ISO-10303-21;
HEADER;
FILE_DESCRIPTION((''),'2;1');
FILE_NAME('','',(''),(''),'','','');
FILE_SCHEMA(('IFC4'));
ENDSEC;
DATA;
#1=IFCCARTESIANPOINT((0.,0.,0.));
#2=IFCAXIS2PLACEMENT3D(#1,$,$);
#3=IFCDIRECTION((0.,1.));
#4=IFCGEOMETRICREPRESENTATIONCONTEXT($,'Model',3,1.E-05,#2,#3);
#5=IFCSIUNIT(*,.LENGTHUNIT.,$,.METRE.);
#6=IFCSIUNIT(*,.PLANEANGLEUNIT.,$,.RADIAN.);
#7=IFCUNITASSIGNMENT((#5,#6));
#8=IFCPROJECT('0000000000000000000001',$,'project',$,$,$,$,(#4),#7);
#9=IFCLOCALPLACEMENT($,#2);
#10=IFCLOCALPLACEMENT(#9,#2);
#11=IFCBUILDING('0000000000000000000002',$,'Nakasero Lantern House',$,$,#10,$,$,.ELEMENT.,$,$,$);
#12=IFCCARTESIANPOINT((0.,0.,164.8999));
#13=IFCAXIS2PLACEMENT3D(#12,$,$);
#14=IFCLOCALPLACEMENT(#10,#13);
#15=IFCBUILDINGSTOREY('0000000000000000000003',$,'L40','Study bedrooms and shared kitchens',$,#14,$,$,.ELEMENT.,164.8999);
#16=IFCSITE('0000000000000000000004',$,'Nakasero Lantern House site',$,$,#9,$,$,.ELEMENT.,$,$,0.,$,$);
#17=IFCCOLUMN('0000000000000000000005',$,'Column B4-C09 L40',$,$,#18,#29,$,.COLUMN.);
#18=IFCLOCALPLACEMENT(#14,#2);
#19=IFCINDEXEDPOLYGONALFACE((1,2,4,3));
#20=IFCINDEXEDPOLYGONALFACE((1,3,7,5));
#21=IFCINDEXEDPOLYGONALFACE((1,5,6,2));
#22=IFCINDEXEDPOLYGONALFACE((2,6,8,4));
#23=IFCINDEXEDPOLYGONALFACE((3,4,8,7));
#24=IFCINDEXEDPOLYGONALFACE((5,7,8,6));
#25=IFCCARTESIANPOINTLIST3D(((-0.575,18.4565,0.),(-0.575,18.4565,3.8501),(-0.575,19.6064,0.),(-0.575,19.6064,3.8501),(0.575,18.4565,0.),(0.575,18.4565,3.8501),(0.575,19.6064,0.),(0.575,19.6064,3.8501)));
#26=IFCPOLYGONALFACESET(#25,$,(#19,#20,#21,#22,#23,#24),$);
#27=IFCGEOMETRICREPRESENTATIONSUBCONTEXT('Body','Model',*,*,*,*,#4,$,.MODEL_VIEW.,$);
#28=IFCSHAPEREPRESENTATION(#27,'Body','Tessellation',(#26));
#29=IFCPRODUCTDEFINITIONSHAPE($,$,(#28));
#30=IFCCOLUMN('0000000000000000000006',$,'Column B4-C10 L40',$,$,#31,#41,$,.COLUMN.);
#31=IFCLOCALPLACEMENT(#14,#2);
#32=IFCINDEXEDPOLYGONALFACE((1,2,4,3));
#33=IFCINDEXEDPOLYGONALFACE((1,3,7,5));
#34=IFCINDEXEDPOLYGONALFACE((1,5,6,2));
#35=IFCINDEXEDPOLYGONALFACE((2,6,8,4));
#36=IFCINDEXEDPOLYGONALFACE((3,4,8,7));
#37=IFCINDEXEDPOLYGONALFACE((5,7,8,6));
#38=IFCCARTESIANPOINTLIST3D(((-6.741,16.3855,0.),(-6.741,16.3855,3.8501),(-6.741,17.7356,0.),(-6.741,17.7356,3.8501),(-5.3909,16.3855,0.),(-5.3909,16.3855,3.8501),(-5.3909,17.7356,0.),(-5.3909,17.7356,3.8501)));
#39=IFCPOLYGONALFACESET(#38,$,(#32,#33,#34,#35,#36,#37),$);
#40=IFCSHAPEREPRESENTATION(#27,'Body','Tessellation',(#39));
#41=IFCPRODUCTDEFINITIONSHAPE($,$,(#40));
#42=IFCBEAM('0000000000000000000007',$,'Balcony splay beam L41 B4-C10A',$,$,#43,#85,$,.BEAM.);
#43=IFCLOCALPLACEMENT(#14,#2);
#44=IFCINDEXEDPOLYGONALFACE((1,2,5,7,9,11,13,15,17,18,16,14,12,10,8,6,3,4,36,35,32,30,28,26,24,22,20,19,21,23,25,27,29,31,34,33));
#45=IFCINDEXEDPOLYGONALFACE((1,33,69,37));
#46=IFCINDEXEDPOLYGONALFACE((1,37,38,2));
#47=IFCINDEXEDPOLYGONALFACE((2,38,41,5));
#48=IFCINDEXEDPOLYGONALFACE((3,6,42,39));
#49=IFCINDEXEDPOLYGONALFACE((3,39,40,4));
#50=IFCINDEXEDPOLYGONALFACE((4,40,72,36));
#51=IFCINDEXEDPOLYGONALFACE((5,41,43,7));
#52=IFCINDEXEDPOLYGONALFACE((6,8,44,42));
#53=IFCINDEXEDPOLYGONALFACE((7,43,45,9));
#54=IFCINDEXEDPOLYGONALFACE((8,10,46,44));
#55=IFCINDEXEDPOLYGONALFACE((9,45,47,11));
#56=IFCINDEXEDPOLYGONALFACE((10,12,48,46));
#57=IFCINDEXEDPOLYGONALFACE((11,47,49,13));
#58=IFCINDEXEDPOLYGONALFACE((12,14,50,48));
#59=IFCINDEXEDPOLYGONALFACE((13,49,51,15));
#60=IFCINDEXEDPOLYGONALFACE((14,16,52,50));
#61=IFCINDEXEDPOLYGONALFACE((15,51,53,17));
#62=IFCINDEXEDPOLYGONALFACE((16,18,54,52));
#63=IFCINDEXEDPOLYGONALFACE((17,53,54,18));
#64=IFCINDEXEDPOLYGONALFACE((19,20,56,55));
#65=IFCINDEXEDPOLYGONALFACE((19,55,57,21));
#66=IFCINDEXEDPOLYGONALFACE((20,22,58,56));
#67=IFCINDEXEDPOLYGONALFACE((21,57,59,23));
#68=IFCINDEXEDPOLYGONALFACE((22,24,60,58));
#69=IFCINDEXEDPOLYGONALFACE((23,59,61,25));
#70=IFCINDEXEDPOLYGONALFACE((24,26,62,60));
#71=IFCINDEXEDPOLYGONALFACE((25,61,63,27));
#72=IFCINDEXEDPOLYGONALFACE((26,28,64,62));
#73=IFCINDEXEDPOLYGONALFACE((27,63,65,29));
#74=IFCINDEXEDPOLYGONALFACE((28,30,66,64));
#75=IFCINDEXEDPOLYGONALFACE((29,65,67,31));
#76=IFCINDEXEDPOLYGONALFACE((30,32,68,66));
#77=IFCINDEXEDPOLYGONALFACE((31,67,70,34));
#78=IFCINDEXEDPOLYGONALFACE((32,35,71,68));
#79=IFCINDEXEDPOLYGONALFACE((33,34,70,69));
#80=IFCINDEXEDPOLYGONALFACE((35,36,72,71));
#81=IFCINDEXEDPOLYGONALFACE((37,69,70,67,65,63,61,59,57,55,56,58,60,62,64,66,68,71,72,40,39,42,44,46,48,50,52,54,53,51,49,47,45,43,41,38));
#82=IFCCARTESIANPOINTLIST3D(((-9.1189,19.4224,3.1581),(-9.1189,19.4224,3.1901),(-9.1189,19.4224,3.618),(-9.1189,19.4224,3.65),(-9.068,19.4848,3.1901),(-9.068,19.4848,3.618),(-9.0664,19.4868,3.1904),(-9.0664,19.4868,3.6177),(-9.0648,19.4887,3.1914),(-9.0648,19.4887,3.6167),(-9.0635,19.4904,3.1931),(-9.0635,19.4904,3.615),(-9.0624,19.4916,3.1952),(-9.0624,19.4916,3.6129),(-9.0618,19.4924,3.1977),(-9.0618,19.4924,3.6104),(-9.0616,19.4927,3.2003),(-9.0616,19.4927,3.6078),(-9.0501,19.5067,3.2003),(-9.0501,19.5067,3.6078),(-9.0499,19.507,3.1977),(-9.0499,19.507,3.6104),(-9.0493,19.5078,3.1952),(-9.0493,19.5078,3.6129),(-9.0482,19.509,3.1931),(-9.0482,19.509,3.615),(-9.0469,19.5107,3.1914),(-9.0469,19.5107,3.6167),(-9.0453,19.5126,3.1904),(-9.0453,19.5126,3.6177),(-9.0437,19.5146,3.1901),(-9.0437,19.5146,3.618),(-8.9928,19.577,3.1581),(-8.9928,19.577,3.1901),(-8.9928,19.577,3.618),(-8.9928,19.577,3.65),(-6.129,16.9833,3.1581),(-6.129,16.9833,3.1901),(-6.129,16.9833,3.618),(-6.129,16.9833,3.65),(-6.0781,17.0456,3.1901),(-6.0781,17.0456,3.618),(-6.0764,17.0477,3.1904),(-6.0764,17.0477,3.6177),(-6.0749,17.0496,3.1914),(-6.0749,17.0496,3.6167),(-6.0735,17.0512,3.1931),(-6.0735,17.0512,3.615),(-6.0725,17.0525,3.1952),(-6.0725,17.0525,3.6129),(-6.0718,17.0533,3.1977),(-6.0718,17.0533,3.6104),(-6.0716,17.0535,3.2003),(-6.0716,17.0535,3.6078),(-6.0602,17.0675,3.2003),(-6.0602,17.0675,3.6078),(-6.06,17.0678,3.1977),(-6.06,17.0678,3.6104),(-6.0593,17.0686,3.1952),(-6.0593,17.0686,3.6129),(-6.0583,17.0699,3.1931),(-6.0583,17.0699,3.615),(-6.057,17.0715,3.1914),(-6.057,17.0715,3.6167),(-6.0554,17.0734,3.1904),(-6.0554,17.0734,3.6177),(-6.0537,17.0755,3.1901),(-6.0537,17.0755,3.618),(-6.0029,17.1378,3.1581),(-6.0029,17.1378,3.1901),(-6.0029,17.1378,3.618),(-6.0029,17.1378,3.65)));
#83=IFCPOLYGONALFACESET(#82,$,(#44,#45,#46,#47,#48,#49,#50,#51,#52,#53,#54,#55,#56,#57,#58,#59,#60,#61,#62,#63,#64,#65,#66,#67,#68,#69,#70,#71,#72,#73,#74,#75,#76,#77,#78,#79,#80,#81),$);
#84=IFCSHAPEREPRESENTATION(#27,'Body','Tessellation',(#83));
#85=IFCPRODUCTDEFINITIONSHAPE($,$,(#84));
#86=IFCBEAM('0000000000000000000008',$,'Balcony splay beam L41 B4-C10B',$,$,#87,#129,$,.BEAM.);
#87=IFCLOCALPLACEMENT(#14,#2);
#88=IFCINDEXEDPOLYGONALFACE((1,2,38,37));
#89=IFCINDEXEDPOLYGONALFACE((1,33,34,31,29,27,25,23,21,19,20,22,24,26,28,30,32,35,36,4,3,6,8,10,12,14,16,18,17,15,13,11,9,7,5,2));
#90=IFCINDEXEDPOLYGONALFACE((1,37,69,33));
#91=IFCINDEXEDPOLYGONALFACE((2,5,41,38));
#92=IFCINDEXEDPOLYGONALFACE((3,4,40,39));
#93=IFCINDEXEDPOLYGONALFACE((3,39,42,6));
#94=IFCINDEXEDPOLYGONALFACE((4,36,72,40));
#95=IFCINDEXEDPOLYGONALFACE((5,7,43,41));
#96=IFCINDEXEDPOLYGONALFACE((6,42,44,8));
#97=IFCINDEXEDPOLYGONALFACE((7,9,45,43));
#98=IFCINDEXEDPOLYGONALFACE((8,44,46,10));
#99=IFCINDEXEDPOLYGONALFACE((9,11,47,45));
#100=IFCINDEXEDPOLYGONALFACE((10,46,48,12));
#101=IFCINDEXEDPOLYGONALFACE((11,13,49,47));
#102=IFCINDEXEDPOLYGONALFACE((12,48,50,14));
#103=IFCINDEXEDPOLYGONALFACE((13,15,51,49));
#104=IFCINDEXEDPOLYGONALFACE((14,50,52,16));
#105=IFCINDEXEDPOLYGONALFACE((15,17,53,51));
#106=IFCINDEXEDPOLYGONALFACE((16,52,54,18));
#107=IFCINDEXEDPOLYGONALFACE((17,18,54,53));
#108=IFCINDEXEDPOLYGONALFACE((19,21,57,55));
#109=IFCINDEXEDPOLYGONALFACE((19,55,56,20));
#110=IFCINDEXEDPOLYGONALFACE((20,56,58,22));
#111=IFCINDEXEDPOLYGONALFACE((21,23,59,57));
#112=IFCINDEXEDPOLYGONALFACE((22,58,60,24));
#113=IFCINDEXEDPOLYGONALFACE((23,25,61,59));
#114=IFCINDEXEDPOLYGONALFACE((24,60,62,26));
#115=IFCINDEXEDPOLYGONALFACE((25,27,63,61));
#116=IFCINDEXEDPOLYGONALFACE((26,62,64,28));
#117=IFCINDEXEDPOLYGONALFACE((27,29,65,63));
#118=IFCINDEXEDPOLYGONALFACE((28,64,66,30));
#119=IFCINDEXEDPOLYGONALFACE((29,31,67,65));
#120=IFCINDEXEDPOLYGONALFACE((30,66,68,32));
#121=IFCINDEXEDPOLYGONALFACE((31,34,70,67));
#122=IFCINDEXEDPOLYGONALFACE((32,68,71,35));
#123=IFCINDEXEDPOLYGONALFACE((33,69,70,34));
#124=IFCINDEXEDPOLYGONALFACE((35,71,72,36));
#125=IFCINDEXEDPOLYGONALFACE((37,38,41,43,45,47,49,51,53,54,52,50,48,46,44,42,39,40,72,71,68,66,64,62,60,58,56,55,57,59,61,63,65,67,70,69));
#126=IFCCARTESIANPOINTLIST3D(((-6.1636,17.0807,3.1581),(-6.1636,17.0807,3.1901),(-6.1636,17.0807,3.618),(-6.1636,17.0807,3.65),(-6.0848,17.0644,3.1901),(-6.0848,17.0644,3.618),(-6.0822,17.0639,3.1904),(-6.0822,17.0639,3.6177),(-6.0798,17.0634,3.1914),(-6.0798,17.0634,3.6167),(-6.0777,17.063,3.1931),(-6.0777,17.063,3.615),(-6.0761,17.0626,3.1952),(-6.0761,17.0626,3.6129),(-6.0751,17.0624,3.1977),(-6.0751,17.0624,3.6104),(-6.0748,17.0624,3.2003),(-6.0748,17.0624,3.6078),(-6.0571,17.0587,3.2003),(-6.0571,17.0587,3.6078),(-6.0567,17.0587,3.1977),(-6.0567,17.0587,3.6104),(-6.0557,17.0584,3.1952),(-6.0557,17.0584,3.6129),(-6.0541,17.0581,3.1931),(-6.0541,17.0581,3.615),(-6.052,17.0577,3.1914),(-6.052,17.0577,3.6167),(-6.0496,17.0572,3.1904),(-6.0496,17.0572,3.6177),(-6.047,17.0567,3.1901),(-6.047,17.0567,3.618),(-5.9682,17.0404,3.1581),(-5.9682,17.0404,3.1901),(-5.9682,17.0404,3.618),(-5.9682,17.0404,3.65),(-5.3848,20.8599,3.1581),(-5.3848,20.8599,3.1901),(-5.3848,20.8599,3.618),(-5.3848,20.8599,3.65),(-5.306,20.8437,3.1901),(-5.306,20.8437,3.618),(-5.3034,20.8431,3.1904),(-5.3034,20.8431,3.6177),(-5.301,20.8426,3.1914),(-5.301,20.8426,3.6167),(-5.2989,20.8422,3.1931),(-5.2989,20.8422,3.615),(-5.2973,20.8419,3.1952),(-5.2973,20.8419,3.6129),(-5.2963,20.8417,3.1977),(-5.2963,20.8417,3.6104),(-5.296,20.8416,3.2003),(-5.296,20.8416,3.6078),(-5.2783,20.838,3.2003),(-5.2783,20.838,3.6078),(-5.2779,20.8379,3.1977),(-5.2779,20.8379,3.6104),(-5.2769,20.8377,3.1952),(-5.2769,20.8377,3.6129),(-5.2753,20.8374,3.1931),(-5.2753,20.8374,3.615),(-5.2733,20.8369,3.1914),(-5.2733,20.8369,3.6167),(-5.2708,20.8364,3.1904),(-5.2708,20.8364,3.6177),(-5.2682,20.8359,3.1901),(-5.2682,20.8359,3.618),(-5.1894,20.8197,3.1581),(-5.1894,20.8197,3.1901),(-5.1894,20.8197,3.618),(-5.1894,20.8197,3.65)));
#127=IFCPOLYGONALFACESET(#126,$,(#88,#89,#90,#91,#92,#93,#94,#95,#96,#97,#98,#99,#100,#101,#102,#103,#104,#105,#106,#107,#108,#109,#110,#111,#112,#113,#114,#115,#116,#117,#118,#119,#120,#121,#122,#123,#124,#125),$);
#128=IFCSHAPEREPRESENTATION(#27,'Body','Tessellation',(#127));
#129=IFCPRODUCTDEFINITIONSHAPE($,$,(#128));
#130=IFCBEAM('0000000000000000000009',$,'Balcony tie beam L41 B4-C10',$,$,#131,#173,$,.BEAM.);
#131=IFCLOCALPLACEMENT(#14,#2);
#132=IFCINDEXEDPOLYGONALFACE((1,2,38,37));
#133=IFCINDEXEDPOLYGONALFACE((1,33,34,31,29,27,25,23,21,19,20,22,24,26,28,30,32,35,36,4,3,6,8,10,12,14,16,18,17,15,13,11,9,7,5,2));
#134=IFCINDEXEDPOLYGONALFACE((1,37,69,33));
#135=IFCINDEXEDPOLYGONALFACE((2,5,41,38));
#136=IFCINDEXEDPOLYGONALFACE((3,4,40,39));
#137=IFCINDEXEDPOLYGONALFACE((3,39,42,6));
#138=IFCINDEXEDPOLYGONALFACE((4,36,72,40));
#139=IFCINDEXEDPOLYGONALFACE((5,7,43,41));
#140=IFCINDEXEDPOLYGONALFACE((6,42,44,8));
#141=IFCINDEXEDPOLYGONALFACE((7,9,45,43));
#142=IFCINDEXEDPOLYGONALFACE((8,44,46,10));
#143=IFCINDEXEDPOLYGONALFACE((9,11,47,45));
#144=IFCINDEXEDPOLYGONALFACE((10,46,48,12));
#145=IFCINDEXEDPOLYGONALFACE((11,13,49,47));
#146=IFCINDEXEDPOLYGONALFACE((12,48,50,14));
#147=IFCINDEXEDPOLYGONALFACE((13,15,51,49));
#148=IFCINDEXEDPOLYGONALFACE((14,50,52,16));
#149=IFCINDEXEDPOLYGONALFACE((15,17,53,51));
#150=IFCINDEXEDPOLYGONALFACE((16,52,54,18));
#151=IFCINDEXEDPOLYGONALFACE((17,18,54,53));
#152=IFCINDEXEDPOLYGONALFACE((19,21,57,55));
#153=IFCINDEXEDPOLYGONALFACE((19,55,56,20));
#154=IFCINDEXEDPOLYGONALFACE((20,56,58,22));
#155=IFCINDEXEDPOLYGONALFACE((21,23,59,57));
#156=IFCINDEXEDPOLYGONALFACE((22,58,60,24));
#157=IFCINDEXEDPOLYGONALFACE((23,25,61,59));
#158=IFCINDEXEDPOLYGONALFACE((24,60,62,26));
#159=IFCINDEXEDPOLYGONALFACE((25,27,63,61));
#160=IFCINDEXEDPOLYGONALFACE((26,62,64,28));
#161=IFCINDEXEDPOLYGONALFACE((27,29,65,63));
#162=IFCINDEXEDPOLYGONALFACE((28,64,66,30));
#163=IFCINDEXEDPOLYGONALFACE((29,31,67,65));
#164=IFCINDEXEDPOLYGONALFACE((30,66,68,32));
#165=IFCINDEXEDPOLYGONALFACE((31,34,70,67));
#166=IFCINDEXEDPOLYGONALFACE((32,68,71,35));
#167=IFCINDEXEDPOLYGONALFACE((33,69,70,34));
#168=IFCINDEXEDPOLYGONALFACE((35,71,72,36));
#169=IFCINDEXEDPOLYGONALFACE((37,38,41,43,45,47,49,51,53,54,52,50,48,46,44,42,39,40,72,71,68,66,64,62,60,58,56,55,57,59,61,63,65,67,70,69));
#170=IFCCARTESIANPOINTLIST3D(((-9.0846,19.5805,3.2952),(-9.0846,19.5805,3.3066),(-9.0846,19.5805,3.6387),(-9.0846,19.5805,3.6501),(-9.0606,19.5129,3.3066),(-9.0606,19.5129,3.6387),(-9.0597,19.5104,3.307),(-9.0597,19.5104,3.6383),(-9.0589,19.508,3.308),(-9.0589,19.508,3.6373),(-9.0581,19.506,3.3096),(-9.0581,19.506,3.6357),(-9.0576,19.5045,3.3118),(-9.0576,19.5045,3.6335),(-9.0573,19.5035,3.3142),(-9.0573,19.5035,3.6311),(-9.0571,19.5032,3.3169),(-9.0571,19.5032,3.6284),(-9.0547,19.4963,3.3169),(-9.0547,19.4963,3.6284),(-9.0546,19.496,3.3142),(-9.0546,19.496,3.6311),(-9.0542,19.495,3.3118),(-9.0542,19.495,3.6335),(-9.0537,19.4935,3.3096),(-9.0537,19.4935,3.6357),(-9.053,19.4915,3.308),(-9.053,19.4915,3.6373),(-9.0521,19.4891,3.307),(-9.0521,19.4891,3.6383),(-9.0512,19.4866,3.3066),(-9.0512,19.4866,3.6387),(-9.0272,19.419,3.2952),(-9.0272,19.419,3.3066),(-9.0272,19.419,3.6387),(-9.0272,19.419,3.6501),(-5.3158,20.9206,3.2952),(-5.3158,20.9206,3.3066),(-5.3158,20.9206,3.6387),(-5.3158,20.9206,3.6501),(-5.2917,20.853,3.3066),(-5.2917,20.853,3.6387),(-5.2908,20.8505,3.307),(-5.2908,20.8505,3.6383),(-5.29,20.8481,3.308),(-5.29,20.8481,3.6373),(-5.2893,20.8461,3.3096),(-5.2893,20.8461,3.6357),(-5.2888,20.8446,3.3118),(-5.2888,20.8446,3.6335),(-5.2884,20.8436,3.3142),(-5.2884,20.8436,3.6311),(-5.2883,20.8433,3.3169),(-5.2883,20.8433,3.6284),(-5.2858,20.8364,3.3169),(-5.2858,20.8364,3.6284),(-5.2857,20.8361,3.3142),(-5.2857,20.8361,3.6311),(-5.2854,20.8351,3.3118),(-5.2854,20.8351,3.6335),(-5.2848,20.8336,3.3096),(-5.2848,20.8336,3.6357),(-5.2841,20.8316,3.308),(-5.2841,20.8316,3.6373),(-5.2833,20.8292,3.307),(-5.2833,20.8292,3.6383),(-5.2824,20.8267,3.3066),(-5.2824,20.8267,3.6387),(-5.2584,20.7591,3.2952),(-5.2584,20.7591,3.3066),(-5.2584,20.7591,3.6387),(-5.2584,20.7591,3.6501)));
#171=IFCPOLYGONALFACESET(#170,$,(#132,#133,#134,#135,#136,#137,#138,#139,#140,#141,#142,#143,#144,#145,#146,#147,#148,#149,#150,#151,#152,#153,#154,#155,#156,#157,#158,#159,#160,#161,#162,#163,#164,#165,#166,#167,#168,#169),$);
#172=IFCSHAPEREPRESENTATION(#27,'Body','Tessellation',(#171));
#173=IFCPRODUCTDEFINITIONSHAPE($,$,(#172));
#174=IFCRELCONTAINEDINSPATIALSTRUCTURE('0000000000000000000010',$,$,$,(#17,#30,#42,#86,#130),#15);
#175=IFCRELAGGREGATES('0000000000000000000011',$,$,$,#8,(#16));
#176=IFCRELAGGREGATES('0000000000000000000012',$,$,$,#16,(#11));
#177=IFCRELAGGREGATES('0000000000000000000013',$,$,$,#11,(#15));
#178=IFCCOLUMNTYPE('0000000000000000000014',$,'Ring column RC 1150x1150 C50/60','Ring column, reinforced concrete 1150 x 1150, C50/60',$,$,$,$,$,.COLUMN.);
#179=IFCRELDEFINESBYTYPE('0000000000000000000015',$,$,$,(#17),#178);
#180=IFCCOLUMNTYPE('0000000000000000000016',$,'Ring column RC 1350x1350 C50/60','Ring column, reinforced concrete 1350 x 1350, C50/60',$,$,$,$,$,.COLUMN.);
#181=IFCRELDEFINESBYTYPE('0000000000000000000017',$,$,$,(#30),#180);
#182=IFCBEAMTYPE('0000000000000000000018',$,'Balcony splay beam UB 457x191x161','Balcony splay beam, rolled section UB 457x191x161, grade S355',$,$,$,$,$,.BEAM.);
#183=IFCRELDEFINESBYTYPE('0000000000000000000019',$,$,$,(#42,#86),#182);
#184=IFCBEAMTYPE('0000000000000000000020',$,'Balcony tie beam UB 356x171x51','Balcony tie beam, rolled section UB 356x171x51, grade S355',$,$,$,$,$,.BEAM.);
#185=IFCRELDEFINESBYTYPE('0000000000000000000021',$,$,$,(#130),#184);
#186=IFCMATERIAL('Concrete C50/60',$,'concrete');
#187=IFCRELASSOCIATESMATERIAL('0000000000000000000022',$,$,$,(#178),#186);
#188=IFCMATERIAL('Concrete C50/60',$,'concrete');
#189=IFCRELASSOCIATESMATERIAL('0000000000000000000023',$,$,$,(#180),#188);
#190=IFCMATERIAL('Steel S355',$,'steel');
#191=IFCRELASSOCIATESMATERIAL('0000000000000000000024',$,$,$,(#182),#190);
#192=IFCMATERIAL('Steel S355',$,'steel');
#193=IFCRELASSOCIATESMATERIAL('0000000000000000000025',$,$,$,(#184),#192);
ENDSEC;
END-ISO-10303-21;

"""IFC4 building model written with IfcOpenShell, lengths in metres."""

from ifc_helpers import new_model, si_unit, direction, frame, origin, origin_2d, place, context, subcontext, project, spatial, rectangle, i_section, extrude, material, material_profile, profile_set, type_object, element, save


model = new_model("IFC4")

# Units and contexts
model_context = context("Model", 3, precision=1e-05, world=origin(), true_north=direction((0.0, 1.0)))
body_context = subcontext(model_context, "Body", "Model", "MODEL_VIEW")
ifc_project = project(units=[si_unit("LENGTHUNIT", "METRE"), si_unit("PLANEANGLEUNIT", "RADIAN")], contexts=[model_context])

# Site, building, storey
site_placement = place(None, origin())
site = spatial("IfcSite", under=ifc_project, at=site_placement, Name="Nakasero Lantern House site", CompositionType="ELEMENT", RefElevation=0.0)
building_placement = place(site_placement, origin())
building = spatial("IfcBuilding", under=site, at=building_placement, Name="Nakasero Lantern House", CompositionType="ELEMENT")
storey_placement = place(building_placement, frame((0.0, 0.0, 164.8999)))
storey = spatial("IfcBuildingStorey", under=building, at=storey_placement, Name="L40", Description="Study bedrooms and shared kitchens", CompositionType="ELEMENT", Elevation=164.8999)

# Columns
ifc_material_1 = material(Name="Concrete C50/60", Category="concrete")
ifc_material_profile_1 = material_profile(ifc_material_1, rectangle(XDim=1.1499, YDim=1.1499, at=origin_2d()), Name="RC 1150x1150")
ifc_profile_set_1 = profile_set([ifc_material_profile_1], Name="Concrete C50/60")
column_type_1 = type_object("IfcColumnType", Name="Ring column RC 1150x1150 C50/60", Description="Ring column, reinforced concrete 1150 x 1150, C50/60", PredefinedType="COLUMN", material=ifc_profile_set_1)
column_1_placement = place(storey_placement, frame((0.0, 19.0315, 0.0), z_axis=(0.0, 0.0, 1.0), x_axis=(1.0, 0.0, 0.0)))
element("IfcColumn", 1, at=column_1_placement, inside=storey, type_object=column_type_1, Name="Column B4-C09 L40", PredefinedType="COLUMN", context=body_context, shape_type="SweptSolid", body=[
    extrude(rectangle(XDim=1.1499, YDim=1.1499, at=origin_2d()), origin(), (0.0, 0.0, 1.0), 3.8501),
])
ifc_material_2 = material(Name="Concrete C50/60", Category="concrete")
ifc_material_profile_2 = material_profile(ifc_material_2, rectangle(XDim=1.3501, YDim=1.3501, at=origin_2d()), Name="RC 1350x1350")
ifc_profile_set_2 = profile_set([ifc_material_profile_2], Name="Concrete C50/60")
column_type_2 = type_object("IfcColumnType", Name="Ring column RC 1350x1350 C50/60", Description="Ring column, reinforced concrete 1350 x 1350, C50/60", PredefinedType="COLUMN", material=ifc_profile_set_2)
column_2_placement = place(storey_placement, frame((-6.0659, 17.0605, 0.0), z_axis=(0.0, 0.0, 1.0), x_axis=(1.0, 0.0, 0.0)))
element("IfcColumn", 2, at=column_2_placement, inside=storey, type_object=column_type_2, Name="Column B4-C10 L40", PredefinedType="COLUMN", context=body_context, shape_type="SweptSolid", body=[
    extrude(rectangle(XDim=1.3501, YDim=1.3501, at=origin_2d()), origin(), (0.0, 0.0, 1.0), 3.8501),
])

# Beams
ifc_material_3 = material(Name="Steel S355", Category="steel")
ifc_material_profile_3 = material_profile(ifc_material_3, i_section(OverallWidth=0.1995, OverallDepth=0.4919, WebThickness=0.0181, FlangeThickness=0.032, FilletRadius=0.0103, at=origin_2d()), Name="UB 457x191x161")
ifc_profile_set_3 = profile_set([ifc_material_profile_3], Name="Steel S355")
beam_type_1 = type_object("IfcBeamType", Name="Balcony splay beam UB 457x191x161", Description="Balcony splay beam, rolled section UB 457x191x161, grade S355", PredefinedType="BEAM", material=ifc_profile_set_3)
for number, where, z_axis, x_axis, name in (
    (3, (-6.0659, 17.0605, 3.4041), (-0.774864, 0.632128, 0.0), (-0.632128, -0.774864, 0.0), "Balcony splay beam L41 B4-C10A"),
    (4, (-6.0659, 17.0605, 3.4041), (0.201831, 0.97942, 0.0), (-0.97942, 0.201831, 0.0), "Balcony splay beam L41 B4-C10B"),
):
    element("IfcBeam", number, at=place(storey_placement, frame(where, z_axis=z_axis, x_axis=x_axis)), inside=storey, type_object=beam_type_1, Name=name, PredefinedType="BEAM", context=body_context, shape_type="SweptSolid", body=[
        extrude(i_section(OverallWidth=0.1995, OverallDepth=0.4919, WebThickness=0.0181, FlangeThickness=0.032, FilletRadius=0.0103, at=origin_2d()), origin(), (0.0, 0.0, 1.0), 3.8586),
    ])
ifc_material_4 = material(Name="Steel S355", Category="steel")
ifc_material_profile_4 = material_profile(ifc_material_4, i_section(OverallWidth=0.1714, OverallDepth=0.355, WebThickness=0.0073, FlangeThickness=0.0115, FilletRadius=0.0103, at=origin_2d()), Name="UB 356x171x51")
ifc_profile_set_4 = profile_set([ifc_material_profile_4], Name="Steel S355")
beam_type_2 = type_object("IfcBeamType", Name="Balcony tie beam UB 356x171x51", Description="Balcony tie beam, rolled section UB 356x171x51, grade S355", PredefinedType="BEAM", material=ifc_profile_set_4)
beam_1_placement = place(storey_placement, frame((-9.0559, 19.4998, 3.4727), z_axis=(0.942209, 0.335025, 0.0), x_axis=(-0.335025, 0.942209, 0.0)))
element("IfcBeam", 5, at=beam_1_placement, inside=storey, type_object=beam_type_2, Name="Balcony tie beam L41 B4-C10", PredefinedType="BEAM", context=body_context, shape_type="SweptSolid", body=[
    extrude(i_section(OverallWidth=0.1714, OverallDepth=0.355, WebThickness=0.0073, FlangeThickness=0.0115, FilletRadius=0.0103, at=origin_2d()), origin(), (0.0, 0.0, 1.0), 4.0),
])

save(model, "model.ifc")
